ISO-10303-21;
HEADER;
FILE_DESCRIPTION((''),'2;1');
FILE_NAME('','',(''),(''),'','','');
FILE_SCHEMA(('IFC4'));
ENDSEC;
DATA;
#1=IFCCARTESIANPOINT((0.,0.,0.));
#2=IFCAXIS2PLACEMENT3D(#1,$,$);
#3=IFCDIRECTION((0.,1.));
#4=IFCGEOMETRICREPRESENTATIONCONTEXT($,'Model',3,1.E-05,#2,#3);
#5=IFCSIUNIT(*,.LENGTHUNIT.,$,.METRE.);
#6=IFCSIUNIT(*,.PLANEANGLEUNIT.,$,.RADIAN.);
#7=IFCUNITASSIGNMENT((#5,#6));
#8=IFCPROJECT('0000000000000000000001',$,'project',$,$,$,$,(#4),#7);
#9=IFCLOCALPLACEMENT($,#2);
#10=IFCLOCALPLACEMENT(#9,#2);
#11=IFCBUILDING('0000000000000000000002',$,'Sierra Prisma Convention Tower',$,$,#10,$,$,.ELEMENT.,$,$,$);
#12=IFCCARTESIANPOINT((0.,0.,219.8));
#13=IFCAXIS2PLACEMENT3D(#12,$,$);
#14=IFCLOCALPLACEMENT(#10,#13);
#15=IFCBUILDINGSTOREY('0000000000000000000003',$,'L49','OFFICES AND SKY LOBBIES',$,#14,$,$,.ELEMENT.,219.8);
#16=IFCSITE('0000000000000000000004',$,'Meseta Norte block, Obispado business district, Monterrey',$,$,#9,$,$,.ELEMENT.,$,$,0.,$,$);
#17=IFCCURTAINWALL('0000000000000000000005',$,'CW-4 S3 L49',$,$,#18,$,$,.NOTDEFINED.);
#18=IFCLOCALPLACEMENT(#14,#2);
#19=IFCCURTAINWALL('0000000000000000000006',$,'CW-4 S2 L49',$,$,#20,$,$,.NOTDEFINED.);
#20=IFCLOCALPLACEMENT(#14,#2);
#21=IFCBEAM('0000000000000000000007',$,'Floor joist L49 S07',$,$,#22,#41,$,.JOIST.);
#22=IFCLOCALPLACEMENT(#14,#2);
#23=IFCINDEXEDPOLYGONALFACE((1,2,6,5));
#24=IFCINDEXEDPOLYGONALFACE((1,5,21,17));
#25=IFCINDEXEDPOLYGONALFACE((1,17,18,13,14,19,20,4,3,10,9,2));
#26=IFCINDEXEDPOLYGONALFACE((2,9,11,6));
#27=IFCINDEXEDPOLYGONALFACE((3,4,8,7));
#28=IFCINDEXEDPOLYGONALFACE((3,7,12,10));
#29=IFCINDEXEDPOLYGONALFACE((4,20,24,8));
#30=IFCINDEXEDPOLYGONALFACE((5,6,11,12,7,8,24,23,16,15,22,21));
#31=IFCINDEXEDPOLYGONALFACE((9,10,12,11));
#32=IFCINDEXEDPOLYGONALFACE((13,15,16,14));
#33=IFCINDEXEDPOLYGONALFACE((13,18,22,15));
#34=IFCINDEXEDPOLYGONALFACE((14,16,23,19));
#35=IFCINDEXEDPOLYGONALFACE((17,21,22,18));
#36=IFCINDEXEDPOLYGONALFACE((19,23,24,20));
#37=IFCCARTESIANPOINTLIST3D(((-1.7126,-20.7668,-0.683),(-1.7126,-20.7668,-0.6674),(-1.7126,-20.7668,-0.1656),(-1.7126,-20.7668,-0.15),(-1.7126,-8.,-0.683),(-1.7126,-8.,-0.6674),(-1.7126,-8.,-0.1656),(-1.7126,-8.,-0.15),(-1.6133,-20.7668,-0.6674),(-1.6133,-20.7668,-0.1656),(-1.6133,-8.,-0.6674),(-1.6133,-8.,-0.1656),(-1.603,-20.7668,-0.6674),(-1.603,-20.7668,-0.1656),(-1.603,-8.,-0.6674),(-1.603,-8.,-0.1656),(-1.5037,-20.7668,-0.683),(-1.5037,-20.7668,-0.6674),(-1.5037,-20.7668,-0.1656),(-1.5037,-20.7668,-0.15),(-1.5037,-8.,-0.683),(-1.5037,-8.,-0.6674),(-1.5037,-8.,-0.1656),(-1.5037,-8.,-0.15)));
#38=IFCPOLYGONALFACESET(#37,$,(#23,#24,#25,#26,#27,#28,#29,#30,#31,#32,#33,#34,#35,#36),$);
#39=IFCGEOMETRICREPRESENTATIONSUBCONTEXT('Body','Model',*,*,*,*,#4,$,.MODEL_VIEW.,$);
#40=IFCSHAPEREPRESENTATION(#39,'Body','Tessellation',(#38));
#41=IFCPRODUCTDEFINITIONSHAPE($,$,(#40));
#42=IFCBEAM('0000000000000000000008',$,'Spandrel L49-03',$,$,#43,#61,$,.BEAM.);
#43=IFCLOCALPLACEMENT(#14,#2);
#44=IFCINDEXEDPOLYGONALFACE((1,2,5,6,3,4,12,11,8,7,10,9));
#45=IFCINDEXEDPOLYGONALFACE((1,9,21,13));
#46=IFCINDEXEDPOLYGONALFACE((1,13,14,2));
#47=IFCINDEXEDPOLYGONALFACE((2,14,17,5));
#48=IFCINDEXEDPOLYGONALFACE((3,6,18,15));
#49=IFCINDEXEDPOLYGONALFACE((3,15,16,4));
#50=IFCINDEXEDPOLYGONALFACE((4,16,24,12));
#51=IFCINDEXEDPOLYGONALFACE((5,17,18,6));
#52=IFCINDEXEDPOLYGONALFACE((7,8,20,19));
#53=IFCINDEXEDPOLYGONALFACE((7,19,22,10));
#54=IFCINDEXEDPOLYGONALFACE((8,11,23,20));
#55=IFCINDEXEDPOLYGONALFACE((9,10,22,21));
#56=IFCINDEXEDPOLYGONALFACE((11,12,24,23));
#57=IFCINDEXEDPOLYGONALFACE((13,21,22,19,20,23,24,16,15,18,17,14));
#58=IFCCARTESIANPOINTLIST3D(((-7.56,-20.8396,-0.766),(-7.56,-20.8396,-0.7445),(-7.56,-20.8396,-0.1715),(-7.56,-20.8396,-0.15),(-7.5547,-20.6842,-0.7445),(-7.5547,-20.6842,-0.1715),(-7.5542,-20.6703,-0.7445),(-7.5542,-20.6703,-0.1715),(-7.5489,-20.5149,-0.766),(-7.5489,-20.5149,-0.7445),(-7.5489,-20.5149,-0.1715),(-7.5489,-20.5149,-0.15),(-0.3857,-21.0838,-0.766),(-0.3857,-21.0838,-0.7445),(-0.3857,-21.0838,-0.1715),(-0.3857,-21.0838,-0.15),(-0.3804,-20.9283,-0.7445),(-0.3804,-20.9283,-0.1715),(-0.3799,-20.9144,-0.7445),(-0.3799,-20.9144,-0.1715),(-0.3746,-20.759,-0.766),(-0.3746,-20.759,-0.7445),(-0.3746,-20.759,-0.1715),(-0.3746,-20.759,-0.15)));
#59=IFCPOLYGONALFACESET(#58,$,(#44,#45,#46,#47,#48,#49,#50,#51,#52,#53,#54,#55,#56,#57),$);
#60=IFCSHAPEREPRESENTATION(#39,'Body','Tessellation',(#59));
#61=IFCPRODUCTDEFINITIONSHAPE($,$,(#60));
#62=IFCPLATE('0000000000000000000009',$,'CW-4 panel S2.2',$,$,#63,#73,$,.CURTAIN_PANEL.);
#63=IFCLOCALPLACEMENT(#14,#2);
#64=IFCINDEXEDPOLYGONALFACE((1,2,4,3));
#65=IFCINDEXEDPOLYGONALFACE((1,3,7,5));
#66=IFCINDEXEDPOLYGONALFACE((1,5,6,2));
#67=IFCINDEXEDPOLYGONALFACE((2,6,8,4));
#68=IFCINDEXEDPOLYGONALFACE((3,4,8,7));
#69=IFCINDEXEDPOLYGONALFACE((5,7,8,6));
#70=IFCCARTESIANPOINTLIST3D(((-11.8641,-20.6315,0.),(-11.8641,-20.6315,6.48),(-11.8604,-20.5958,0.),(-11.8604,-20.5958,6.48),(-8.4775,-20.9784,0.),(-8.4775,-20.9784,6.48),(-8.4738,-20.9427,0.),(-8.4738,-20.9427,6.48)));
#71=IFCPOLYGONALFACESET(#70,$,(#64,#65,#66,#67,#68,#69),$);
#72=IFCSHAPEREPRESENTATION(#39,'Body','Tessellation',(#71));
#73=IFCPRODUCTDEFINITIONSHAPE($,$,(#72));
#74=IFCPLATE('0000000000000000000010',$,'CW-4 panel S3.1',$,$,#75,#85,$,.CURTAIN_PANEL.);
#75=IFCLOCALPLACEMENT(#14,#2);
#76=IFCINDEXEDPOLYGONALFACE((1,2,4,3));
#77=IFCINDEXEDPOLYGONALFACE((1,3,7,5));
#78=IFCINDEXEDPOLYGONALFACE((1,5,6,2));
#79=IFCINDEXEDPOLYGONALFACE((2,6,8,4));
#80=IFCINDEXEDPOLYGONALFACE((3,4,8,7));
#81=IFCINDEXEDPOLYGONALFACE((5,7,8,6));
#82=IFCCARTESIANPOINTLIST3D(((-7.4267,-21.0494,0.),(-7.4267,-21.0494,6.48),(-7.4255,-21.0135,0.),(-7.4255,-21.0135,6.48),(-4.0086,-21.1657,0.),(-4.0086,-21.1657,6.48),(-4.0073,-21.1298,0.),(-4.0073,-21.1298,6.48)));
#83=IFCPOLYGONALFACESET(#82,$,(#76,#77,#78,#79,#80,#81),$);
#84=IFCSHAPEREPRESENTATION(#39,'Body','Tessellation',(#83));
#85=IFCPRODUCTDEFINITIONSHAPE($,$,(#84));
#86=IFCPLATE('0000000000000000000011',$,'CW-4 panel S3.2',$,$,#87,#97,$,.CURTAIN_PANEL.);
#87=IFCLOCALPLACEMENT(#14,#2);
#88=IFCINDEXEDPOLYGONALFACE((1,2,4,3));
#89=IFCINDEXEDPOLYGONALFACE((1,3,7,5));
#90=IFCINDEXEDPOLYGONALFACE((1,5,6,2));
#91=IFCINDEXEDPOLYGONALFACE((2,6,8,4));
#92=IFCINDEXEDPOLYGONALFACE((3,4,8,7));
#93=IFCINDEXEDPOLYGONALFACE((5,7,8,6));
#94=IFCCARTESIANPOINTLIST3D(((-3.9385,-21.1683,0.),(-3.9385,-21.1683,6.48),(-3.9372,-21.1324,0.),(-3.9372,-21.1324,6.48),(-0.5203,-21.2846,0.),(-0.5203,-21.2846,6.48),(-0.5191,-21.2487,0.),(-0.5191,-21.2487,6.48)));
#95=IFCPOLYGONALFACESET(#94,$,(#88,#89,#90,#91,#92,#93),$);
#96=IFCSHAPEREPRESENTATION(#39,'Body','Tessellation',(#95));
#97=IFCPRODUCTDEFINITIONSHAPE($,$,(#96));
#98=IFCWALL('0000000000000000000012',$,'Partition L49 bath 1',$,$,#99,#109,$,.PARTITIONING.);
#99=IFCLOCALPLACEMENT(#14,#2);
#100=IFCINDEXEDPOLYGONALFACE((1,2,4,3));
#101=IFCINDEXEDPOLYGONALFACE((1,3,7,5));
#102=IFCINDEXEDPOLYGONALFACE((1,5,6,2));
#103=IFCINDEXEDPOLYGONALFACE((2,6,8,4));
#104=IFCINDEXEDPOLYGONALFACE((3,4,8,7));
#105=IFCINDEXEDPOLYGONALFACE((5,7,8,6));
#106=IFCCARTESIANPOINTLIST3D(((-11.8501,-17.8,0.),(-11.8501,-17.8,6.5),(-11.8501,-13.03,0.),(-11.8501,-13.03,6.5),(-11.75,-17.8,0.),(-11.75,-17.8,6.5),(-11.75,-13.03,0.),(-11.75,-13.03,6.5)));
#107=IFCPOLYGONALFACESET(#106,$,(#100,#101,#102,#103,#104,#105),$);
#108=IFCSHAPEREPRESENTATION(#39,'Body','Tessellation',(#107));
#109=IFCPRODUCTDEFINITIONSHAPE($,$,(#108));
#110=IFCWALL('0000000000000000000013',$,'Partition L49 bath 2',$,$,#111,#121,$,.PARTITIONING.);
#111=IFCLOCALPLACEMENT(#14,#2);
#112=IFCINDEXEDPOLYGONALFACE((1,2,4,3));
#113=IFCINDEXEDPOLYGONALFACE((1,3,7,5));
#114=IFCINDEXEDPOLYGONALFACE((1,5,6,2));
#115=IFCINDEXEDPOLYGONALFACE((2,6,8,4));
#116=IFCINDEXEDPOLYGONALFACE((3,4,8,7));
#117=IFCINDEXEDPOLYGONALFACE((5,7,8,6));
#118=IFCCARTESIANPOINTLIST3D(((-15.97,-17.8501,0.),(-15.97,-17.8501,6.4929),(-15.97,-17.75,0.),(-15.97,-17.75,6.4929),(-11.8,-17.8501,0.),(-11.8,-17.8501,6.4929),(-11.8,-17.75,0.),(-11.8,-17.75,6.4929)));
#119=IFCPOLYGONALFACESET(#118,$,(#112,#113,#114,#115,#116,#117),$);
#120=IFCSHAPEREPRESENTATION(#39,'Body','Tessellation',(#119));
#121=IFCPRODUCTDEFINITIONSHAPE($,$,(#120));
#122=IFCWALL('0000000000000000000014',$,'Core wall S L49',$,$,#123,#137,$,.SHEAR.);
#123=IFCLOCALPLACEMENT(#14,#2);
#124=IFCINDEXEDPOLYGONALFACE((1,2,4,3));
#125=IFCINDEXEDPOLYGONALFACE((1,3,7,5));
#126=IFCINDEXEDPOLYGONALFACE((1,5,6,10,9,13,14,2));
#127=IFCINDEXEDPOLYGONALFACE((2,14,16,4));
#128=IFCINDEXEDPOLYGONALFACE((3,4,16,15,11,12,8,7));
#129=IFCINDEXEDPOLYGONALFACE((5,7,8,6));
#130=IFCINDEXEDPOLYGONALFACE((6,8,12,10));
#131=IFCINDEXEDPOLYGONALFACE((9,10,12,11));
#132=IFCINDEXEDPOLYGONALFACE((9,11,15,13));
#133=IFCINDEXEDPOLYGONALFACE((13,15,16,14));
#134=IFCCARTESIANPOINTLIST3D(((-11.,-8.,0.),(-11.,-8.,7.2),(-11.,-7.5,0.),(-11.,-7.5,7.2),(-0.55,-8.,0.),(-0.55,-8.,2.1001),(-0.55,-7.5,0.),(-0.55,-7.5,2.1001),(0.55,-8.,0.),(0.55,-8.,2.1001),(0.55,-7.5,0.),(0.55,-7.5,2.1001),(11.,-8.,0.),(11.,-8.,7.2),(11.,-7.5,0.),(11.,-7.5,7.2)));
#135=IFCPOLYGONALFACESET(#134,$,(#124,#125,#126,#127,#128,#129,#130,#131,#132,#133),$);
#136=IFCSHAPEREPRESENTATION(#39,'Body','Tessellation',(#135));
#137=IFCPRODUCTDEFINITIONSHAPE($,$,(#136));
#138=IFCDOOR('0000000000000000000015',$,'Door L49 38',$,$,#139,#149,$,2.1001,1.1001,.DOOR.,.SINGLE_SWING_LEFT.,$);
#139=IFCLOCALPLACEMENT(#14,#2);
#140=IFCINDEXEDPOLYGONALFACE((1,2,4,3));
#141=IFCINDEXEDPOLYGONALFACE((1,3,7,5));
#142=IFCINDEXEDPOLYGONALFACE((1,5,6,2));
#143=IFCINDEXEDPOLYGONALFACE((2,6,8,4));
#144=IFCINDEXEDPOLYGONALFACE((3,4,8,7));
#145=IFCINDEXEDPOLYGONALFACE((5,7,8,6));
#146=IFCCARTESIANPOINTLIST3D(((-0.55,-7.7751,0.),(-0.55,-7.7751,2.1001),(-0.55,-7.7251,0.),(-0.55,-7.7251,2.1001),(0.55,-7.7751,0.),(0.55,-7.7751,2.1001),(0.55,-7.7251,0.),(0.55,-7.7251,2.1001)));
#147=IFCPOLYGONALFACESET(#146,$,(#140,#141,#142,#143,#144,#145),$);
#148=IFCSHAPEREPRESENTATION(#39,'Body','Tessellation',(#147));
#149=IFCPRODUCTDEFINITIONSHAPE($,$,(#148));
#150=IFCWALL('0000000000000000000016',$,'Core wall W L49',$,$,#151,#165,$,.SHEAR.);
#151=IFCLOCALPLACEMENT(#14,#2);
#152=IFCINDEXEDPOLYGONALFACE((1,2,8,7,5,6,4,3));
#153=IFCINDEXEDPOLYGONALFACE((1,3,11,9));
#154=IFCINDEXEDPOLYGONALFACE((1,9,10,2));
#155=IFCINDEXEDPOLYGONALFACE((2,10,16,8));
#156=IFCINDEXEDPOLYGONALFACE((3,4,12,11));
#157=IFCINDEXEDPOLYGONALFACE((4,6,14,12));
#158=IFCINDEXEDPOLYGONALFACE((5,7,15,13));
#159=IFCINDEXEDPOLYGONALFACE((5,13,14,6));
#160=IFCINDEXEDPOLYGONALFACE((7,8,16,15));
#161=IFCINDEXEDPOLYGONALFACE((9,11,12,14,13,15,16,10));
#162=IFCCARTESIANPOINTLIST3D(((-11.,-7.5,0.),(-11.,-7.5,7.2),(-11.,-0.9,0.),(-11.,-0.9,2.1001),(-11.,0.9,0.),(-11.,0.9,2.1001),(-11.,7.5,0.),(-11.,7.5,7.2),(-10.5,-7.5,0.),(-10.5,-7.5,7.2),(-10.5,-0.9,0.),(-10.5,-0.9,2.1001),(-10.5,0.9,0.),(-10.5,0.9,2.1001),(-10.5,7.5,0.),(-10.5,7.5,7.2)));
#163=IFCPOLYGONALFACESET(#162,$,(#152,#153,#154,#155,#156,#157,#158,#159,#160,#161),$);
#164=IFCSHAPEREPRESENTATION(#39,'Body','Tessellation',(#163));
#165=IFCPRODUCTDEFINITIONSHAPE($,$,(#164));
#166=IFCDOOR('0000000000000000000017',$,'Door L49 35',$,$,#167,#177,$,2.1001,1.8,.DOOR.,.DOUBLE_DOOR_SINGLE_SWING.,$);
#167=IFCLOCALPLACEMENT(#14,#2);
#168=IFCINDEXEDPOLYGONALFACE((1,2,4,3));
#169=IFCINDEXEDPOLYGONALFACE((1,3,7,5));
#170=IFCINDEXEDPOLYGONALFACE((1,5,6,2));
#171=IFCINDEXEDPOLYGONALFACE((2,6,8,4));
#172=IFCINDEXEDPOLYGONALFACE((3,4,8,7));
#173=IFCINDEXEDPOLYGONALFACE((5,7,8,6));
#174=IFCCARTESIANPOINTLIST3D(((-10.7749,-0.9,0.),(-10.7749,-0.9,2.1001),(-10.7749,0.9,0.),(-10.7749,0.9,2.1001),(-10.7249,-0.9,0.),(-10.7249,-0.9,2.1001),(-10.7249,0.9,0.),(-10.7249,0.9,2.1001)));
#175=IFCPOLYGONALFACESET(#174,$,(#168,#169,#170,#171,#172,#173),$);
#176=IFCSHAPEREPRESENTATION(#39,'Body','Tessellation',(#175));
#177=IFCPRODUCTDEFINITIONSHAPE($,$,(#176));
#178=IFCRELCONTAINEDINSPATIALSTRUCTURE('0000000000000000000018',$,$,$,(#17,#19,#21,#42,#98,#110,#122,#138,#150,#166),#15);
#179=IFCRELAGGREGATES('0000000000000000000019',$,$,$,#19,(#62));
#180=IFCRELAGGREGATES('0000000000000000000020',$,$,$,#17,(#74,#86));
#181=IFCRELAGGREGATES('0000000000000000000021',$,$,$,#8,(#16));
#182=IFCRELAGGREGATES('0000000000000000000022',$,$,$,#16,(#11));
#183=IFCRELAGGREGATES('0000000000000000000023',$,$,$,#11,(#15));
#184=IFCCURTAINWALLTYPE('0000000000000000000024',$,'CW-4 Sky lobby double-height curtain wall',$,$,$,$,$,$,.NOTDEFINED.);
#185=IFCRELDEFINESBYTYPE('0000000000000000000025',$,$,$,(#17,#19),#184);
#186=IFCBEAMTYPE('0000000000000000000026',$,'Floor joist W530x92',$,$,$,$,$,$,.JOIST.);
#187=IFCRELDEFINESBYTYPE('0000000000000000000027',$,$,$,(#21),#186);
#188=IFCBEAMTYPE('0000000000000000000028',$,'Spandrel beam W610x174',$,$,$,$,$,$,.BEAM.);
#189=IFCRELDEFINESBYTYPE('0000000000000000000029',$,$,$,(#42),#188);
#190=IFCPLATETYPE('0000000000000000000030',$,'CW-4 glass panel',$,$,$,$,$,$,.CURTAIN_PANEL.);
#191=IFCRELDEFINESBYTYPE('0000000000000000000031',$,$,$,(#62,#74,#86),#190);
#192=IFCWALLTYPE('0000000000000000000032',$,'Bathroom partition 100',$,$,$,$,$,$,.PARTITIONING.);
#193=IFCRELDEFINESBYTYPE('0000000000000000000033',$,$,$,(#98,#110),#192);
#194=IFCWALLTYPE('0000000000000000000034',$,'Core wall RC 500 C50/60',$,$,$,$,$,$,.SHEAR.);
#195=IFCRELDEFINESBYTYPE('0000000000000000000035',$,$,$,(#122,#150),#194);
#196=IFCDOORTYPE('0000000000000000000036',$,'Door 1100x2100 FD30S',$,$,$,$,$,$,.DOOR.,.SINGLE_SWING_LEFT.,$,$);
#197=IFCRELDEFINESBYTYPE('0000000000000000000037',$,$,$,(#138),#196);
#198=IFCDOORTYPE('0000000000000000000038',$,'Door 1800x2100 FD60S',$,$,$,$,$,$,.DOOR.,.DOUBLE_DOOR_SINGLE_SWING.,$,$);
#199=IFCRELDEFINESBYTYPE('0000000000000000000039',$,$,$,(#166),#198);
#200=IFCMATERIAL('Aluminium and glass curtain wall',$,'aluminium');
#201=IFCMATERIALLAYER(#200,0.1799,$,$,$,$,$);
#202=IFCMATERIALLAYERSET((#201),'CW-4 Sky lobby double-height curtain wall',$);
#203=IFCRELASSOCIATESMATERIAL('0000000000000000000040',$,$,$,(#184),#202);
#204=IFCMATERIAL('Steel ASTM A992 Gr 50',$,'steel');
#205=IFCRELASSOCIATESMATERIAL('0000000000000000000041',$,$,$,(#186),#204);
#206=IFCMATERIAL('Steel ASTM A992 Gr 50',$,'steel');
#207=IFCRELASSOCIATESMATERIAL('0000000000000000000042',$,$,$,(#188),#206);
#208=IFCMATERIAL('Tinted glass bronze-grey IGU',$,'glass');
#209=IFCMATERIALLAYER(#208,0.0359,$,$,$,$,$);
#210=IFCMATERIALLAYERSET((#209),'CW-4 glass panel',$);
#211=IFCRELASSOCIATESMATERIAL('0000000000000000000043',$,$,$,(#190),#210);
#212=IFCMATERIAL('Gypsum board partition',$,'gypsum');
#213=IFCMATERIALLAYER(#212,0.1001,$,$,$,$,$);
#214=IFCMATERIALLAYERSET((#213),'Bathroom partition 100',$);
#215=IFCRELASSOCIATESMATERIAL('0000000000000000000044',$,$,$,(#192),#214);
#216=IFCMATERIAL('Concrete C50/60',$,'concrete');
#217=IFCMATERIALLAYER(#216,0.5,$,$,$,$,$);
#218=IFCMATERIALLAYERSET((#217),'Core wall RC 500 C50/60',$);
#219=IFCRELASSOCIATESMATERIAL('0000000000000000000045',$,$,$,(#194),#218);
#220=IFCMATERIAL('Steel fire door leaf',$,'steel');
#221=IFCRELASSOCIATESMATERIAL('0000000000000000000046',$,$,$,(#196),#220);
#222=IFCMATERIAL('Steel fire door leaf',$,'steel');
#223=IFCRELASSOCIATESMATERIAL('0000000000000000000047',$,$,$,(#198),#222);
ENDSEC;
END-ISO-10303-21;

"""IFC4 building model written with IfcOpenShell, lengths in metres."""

from ifc_helpers import new_model, si_unit, direction, frame, frame_2d, origin, origin_2d, place, context, subcontext, project, spatial, rectangle, i_section, extrude, material, layer, layer_set, material_profile, profile_set, type_object, element, fill, aggregate, save


model = new_model("IFC4")

# Units and contexts
model_context = context("Model", 3, precision=1e-05, world=origin(), true_north=direction((0.0, 1.0)))
body_context = subcontext(model_context, "Body", "Model", "MODEL_VIEW")
ifc_project = project(units=[si_unit("LENGTHUNIT", "METRE"), si_unit("PLANEANGLEUNIT", "RADIAN")], contexts=[model_context])

# Site, building, storey
site_placement = place(None, origin())
site = spatial("IfcSite", under=ifc_project, at=site_placement, Name="Meseta Norte block, Obispado business district, Monterrey", CompositionType="ELEMENT", RefElevation=0.0)
building_placement = place(site_placement, origin())
building = spatial("IfcBuilding", under=site, at=building_placement, Name="Sierra Prisma Convention Tower", CompositionType="ELEMENT")
storey_placement = place(building_placement, frame((0.0, 0.0, 219.8)))
storey = spatial("IfcBuildingStorey", under=building, at=storey_placement, Name="L49", Description="OFFICES AND SKY LOBBIES", CompositionType="ELEMENT", Elevation=219.8)

# Curtain walls
ifc_material_1 = material(Name="Aluminium and glass curtain wall", Category="aluminium")
ifc_layer_1 = layer(ifc_material_1, 0.1799)
ifc_layer_set_1 = layer_set([ifc_layer_1], Name="CW-4 Sky lobby double-height curtain wall")
curtain_wall_type = type_object("IfcCurtainWallType", Name="CW-4 Sky lobby double-height curtain wall", PredefinedType="NOTDEFINED", material=ifc_layer_set_1)
curtain_wall_1_placement = place(storey_placement, origin())
curtain_wall_1 = element("IfcCurtainWall", 1, at=curtain_wall_1_placement, inside=storey, type_object=curtain_wall_type, Name="CW-4 S3 L49", PredefinedType="NOTDEFINED")
curtain_wall_2_placement = place(storey_placement, origin())
curtain_wall_2 = element("IfcCurtainWall", 2, at=curtain_wall_2_placement, inside=storey, type_object=curtain_wall_type, Name="CW-4 S2 L49", PredefinedType="NOTDEFINED")

# Beams
ifc_material_2 = material(Name="Steel ASTM A992 Gr 50", Category="steel")
ifc_material_profile_1 = material_profile(ifc_material_2, i_section(OverallWidth=0.209, OverallDepth=0.533, WebThickness=0.0103, FlangeThickness=0.0156, at=origin_2d()), Name="W530x92")
ifc_profile_set_1 = profile_set([ifc_material_profile_1], Name="Steel ASTM A992 Gr 50")
beam_type_1 = type_object("IfcBeamType", Name="Floor joist W530x92", PredefinedType="JOIST", material=ifc_profile_set_1)
beam_1_placement = place(storey_placement, frame((-1.6082, -20.7668, -0.4165), z_axis=(0.0, 1.0, 0.0), x_axis=(-1.0, 0.0, 0.0)))
element("IfcBeam", 3, at=beam_1_placement, inside=storey, type_object=beam_type_1, Name="Floor joist L49 S07", PredefinedType="JOIST", context=body_context, shape_type="SweptSolid", body=[
    extrude(i_section(OverallWidth=0.209, OverallDepth=0.533, WebThickness=0.0103, FlangeThickness=0.0156, at=origin_2d()), origin(), (0.0, 0.0, 1.0), 12.7668),
])
ifc_material_3 = material(Name="Steel ASTM A992 Gr 50", Category="steel")
ifc_material_profile_2 = material_profile(ifc_material_3, i_section(OverallWidth=0.325, OverallDepth=0.616, WebThickness=0.0139, FlangeThickness=0.0215, at=origin_2d()), Name="W610x174")
ifc_profile_set_2 = profile_set([ifc_material_profile_2], Name="Steel ASTM A992 Gr 50")
beam_type_2 = type_object("IfcBeamType", Name="Spandrel beam W610x174", PredefinedType="BEAM", material=ifc_profile_set_2)
beam_2_placement = place(storey_placement, frame((-7.5544, -20.6772, -0.458), z_axis=(0.999421, -0.03401, 0.0), x_axis=(0.03401, 0.999421, 0.0)))
element("IfcBeam", 4, at=beam_2_placement, inside=storey, type_object=beam_type_2, Name="Spandrel L49-03", PredefinedType="BEAM", context=body_context, shape_type="SweptSolid", body=[
    extrude(i_section(OverallWidth=0.325, OverallDepth=0.616, WebThickness=0.0139, FlangeThickness=0.0215, at=origin_2d()), origin(), (0.0, 0.0, 1.0), 7.1785),
])

# Plates
ifc_material_4 = material(Name="Tinted glass bronze-grey IGU", Category="glass")
ifc_layer_2 = layer(ifc_material_4, 0.0359)
ifc_layer_set_2 = layer_set([ifc_layer_2], Name="CW-4 glass panel")
plate_type = type_object("IfcPlateType", Name="CW-4 glass panel", PredefinedType="CURTAIN_PANEL", material=ifc_layer_set_2)
plate_1_placement = place(storey_placement, frame((-10.1689, -20.7871, 0.0), z_axis=(0.0, 0.0, 1.0), x_axis=(0.994795, -0.101893, 0.0)))
plate_1 = element("IfcPlate", 5, at=plate_1_placement, type_object=plate_type, Name="CW-4 panel S2.2", PredefinedType="CURTAIN_PANEL", context=body_context, shape_type="SweptSolid", body=[
    extrude(rectangle(XDim=3.4043, YDim=0.0359, at=origin_2d()), origin(), (0.0, 0.0, 1.0), 6.48),
])
aggregate(curtain_wall_2, [plate_1])
plate_2_placement = place(storey_placement, frame((-5.717, -21.0896, 0.0), z_axis=(0.0, 0.0, 1.0), x_axis=(0.999421, -0.034017, 0.0)))
plate_2 = element("IfcPlate", 6, at=plate_2_placement, type_object=plate_type, Name="CW-4 panel S3.1", PredefinedType="CURTAIN_PANEL", context=body_context, shape_type="SweptSolid", body=[
    extrude(rectangle(XDim=3.4202, YDim=0.0359, at=origin_2d()), origin(), (0.0, 0.0, 1.0), 6.48),
])
plate_3_placement = place(storey_placement, frame((-2.2288, -21.2085, 0.0), z_axis=(0.0, 0.0, 1.0), x_axis=(0.999421, -0.034017, 0.0)))
plate_3 = element("IfcPlate", 7, at=plate_3_placement, type_object=plate_type, Name="CW-4 panel S3.2", PredefinedType="CURTAIN_PANEL", context=body_context, shape_type="SweptSolid", body=[
    extrude(rectangle(XDim=3.4202, YDim=0.0359, at=origin_2d()), origin(), (0.0, 0.0, 1.0), 6.48),
])
aggregate(curtain_wall_1, [plate_2, plate_3])

# Walls
ifc_material_5 = material(Name="Gypsum board partition", Category="gypsum")
ifc_layer_3 = layer(ifc_material_5, 0.1001)
ifc_layer_set_3 = layer_set([ifc_layer_3], Name="Bathroom partition 100")
wall_type_1 = type_object("IfcWallType", Name="Bathroom partition 100", PredefinedType="PARTITIONING", material=ifc_layer_set_3)
wall_1_placement = place(storey_placement, frame((-11.8, -13.03, 0.0), z_axis=(0.0, 0.0, 1.0), x_axis=(0.0, -1.0, 0.0)))
element("IfcWall", 8, at=wall_1_placement, inside=storey, type_object=wall_type_1, Name="Partition L49 bath 1", PredefinedType="PARTITIONING", context=body_context, shape_type="SweptSolid", body=[
    extrude(rectangle(XDim=4.77, YDim=0.1001, at=frame_2d((2.385, 0.0))), origin(), (0.0, 0.0, 1.0), 6.5),
])
wall_2_placement = place(storey_placement, frame((-11.8, -17.8, 0.0), z_axis=(0.0, 0.0, 1.0), x_axis=(-1.0, 0.0, 0.0)))
element("IfcWall", 9, at=wall_2_placement, inside=storey, type_object=wall_type_1, Name="Partition L49 bath 2", PredefinedType="PARTITIONING", context=body_context, shape_type="SweptSolid", body=[
    extrude(rectangle(XDim=4.1699, YDim=0.1001, at=frame_2d((2.085, 0.0))), origin(), (0.0, 0.0, 1.0), 6.4929),
])

# Walls, openings, doors
ifc_material_6 = material(Name="Concrete C50/60", Category="concrete")
ifc_layer_4 = layer(ifc_material_6, 0.5)
ifc_layer_set_4 = layer_set([ifc_layer_4], Name="Core wall RC 500 C50/60")
wall_type_2 = type_object("IfcWallType", Name="Core wall RC 500 C50/60", PredefinedType="SHEAR", material=ifc_layer_set_4)
wall_3_placement = place(storey_placement, frame((-11.0, -7.75, 0.0), z_axis=(0.0, 0.0, 1.0), x_axis=(1.0, 0.0, 0.0)))
wall_3 = element("IfcWall", 10, at=wall_3_placement, inside=storey, type_object=wall_type_2, Name="Core wall S L49", PredefinedType="SHEAR", context=body_context, shape_type="SweptSolid", body=[
    extrude(rectangle(XDim=22.0, YDim=0.5, at=frame_2d((11.0, 0.0))), origin(), (0.0, 0.0, 1.0), 7.2),
])
opening_1_placement = place(wall_3_placement, frame((10.45, 0.0, 0.0)))
opening_1 = element("IfcOpeningElement", 11, at=opening_1_placement, cuts=wall_3, PredefinedType="OPENING", context=body_context, shape_type="SweptSolid", body=[
    extrude(rectangle(XDim=1.1001, YDim=2.1001, at=frame_2d((0.55, 1.05))), frame((0.0, 0.25, 0.0), z_axis=(0.0, -1.0, 0.0), x_axis=(1.0, 0.0, 0.0)), (0.0, 0.0, 1.0), 0.5),
])
ifc_material_7 = material(Name="Steel fire door leaf", Category="steel")
door_type_1 = type_object("IfcDoorType", Name="Door 1100x2100 FD30S", OperationType="SINGLE_SWING_LEFT", PredefinedType="DOOR", material=ifc_material_7)
door_1_placement = place(opening_1_placement, origin())
door_1 = element("IfcDoor", 12, at=door_1_placement, inside=storey, type_object=door_type_1, Name="Door L49 38", OperationType="SINGLE_SWING_LEFT", OverallHeight=2.1001, OverallWidth=1.1001, PredefinedType="DOOR", context=body_context, shape_type="SweptSolid", body=[
    extrude(rectangle(XDim=1.1001, YDim=2.1001, at=frame_2d((0.55, 1.05))), frame((0.0, 0.0249, 0.0), z_axis=(0.0, -1.0, 0.0), x_axis=(1.0, 0.0, 0.0)), (0.0, 0.0, 1.0), 0.05),
])
fill(opening_1, door_1)
wall_4_placement = place(storey_placement, frame((-10.75, -7.5, 0.0), z_axis=(0.0, 0.0, 1.0), x_axis=(0.0, 1.0, 0.0)))
wall_4 = element("IfcWall", 13, at=wall_4_placement, inside=storey, type_object=wall_type_2, Name="Core wall W L49", PredefinedType="SHEAR", context=body_context, shape_type="SweptSolid", body=[
    extrude(rectangle(XDim=15.0, YDim=0.5, at=frame_2d((7.5, 0.0))), origin(), (0.0, 0.0, 1.0), 7.2),
])
opening_2_placement = place(wall_4_placement, frame((6.6001, 0.0, 0.0)))
opening_2 = element("IfcOpeningElement", 14, at=opening_2_placement, cuts=wall_4, PredefinedType="OPENING", context=body_context, shape_type="SweptSolid", body=[
    extrude(rectangle(XDim=1.8, YDim=2.1001, at=frame_2d((0.8999, 1.05))), frame((0.0, 0.25, 0.0), z_axis=(0.0, -1.0, 0.0), x_axis=(1.0, 0.0, 0.0)), (0.0, 0.0, 1.0), 0.5),
])
ifc_material_8 = material(Name="Steel fire door leaf", Category="steel")
door_type_2 = type_object("IfcDoorType", Name="Door 1800x2100 FD60S", OperationType="DOUBLE_DOOR_SINGLE_SWING", PredefinedType="DOOR", material=ifc_material_8)
door_2_placement = place(opening_2_placement, origin())
door_2 = element("IfcDoor", 15, at=door_2_placement, inside=storey, type_object=door_type_2, Name="Door L49 35", OperationType="DOUBLE_DOOR_SINGLE_SWING", OverallHeight=2.1001, OverallWidth=1.8, PredefinedType="DOOR", context=body_context, shape_type="SweptSolid", body=[
    extrude(rectangle(XDim=1.8, YDim=2.1001, at=frame_2d((0.8999, 1.05))), frame((0.0, 0.0249, 0.0), z_axis=(0.0, -1.0, 0.0), x_axis=(1.0, 0.0, 0.0)), (0.0, 0.0, 1.0), 0.05),
])
fill(opening_2, door_2)

save(model, "model.ifc")
